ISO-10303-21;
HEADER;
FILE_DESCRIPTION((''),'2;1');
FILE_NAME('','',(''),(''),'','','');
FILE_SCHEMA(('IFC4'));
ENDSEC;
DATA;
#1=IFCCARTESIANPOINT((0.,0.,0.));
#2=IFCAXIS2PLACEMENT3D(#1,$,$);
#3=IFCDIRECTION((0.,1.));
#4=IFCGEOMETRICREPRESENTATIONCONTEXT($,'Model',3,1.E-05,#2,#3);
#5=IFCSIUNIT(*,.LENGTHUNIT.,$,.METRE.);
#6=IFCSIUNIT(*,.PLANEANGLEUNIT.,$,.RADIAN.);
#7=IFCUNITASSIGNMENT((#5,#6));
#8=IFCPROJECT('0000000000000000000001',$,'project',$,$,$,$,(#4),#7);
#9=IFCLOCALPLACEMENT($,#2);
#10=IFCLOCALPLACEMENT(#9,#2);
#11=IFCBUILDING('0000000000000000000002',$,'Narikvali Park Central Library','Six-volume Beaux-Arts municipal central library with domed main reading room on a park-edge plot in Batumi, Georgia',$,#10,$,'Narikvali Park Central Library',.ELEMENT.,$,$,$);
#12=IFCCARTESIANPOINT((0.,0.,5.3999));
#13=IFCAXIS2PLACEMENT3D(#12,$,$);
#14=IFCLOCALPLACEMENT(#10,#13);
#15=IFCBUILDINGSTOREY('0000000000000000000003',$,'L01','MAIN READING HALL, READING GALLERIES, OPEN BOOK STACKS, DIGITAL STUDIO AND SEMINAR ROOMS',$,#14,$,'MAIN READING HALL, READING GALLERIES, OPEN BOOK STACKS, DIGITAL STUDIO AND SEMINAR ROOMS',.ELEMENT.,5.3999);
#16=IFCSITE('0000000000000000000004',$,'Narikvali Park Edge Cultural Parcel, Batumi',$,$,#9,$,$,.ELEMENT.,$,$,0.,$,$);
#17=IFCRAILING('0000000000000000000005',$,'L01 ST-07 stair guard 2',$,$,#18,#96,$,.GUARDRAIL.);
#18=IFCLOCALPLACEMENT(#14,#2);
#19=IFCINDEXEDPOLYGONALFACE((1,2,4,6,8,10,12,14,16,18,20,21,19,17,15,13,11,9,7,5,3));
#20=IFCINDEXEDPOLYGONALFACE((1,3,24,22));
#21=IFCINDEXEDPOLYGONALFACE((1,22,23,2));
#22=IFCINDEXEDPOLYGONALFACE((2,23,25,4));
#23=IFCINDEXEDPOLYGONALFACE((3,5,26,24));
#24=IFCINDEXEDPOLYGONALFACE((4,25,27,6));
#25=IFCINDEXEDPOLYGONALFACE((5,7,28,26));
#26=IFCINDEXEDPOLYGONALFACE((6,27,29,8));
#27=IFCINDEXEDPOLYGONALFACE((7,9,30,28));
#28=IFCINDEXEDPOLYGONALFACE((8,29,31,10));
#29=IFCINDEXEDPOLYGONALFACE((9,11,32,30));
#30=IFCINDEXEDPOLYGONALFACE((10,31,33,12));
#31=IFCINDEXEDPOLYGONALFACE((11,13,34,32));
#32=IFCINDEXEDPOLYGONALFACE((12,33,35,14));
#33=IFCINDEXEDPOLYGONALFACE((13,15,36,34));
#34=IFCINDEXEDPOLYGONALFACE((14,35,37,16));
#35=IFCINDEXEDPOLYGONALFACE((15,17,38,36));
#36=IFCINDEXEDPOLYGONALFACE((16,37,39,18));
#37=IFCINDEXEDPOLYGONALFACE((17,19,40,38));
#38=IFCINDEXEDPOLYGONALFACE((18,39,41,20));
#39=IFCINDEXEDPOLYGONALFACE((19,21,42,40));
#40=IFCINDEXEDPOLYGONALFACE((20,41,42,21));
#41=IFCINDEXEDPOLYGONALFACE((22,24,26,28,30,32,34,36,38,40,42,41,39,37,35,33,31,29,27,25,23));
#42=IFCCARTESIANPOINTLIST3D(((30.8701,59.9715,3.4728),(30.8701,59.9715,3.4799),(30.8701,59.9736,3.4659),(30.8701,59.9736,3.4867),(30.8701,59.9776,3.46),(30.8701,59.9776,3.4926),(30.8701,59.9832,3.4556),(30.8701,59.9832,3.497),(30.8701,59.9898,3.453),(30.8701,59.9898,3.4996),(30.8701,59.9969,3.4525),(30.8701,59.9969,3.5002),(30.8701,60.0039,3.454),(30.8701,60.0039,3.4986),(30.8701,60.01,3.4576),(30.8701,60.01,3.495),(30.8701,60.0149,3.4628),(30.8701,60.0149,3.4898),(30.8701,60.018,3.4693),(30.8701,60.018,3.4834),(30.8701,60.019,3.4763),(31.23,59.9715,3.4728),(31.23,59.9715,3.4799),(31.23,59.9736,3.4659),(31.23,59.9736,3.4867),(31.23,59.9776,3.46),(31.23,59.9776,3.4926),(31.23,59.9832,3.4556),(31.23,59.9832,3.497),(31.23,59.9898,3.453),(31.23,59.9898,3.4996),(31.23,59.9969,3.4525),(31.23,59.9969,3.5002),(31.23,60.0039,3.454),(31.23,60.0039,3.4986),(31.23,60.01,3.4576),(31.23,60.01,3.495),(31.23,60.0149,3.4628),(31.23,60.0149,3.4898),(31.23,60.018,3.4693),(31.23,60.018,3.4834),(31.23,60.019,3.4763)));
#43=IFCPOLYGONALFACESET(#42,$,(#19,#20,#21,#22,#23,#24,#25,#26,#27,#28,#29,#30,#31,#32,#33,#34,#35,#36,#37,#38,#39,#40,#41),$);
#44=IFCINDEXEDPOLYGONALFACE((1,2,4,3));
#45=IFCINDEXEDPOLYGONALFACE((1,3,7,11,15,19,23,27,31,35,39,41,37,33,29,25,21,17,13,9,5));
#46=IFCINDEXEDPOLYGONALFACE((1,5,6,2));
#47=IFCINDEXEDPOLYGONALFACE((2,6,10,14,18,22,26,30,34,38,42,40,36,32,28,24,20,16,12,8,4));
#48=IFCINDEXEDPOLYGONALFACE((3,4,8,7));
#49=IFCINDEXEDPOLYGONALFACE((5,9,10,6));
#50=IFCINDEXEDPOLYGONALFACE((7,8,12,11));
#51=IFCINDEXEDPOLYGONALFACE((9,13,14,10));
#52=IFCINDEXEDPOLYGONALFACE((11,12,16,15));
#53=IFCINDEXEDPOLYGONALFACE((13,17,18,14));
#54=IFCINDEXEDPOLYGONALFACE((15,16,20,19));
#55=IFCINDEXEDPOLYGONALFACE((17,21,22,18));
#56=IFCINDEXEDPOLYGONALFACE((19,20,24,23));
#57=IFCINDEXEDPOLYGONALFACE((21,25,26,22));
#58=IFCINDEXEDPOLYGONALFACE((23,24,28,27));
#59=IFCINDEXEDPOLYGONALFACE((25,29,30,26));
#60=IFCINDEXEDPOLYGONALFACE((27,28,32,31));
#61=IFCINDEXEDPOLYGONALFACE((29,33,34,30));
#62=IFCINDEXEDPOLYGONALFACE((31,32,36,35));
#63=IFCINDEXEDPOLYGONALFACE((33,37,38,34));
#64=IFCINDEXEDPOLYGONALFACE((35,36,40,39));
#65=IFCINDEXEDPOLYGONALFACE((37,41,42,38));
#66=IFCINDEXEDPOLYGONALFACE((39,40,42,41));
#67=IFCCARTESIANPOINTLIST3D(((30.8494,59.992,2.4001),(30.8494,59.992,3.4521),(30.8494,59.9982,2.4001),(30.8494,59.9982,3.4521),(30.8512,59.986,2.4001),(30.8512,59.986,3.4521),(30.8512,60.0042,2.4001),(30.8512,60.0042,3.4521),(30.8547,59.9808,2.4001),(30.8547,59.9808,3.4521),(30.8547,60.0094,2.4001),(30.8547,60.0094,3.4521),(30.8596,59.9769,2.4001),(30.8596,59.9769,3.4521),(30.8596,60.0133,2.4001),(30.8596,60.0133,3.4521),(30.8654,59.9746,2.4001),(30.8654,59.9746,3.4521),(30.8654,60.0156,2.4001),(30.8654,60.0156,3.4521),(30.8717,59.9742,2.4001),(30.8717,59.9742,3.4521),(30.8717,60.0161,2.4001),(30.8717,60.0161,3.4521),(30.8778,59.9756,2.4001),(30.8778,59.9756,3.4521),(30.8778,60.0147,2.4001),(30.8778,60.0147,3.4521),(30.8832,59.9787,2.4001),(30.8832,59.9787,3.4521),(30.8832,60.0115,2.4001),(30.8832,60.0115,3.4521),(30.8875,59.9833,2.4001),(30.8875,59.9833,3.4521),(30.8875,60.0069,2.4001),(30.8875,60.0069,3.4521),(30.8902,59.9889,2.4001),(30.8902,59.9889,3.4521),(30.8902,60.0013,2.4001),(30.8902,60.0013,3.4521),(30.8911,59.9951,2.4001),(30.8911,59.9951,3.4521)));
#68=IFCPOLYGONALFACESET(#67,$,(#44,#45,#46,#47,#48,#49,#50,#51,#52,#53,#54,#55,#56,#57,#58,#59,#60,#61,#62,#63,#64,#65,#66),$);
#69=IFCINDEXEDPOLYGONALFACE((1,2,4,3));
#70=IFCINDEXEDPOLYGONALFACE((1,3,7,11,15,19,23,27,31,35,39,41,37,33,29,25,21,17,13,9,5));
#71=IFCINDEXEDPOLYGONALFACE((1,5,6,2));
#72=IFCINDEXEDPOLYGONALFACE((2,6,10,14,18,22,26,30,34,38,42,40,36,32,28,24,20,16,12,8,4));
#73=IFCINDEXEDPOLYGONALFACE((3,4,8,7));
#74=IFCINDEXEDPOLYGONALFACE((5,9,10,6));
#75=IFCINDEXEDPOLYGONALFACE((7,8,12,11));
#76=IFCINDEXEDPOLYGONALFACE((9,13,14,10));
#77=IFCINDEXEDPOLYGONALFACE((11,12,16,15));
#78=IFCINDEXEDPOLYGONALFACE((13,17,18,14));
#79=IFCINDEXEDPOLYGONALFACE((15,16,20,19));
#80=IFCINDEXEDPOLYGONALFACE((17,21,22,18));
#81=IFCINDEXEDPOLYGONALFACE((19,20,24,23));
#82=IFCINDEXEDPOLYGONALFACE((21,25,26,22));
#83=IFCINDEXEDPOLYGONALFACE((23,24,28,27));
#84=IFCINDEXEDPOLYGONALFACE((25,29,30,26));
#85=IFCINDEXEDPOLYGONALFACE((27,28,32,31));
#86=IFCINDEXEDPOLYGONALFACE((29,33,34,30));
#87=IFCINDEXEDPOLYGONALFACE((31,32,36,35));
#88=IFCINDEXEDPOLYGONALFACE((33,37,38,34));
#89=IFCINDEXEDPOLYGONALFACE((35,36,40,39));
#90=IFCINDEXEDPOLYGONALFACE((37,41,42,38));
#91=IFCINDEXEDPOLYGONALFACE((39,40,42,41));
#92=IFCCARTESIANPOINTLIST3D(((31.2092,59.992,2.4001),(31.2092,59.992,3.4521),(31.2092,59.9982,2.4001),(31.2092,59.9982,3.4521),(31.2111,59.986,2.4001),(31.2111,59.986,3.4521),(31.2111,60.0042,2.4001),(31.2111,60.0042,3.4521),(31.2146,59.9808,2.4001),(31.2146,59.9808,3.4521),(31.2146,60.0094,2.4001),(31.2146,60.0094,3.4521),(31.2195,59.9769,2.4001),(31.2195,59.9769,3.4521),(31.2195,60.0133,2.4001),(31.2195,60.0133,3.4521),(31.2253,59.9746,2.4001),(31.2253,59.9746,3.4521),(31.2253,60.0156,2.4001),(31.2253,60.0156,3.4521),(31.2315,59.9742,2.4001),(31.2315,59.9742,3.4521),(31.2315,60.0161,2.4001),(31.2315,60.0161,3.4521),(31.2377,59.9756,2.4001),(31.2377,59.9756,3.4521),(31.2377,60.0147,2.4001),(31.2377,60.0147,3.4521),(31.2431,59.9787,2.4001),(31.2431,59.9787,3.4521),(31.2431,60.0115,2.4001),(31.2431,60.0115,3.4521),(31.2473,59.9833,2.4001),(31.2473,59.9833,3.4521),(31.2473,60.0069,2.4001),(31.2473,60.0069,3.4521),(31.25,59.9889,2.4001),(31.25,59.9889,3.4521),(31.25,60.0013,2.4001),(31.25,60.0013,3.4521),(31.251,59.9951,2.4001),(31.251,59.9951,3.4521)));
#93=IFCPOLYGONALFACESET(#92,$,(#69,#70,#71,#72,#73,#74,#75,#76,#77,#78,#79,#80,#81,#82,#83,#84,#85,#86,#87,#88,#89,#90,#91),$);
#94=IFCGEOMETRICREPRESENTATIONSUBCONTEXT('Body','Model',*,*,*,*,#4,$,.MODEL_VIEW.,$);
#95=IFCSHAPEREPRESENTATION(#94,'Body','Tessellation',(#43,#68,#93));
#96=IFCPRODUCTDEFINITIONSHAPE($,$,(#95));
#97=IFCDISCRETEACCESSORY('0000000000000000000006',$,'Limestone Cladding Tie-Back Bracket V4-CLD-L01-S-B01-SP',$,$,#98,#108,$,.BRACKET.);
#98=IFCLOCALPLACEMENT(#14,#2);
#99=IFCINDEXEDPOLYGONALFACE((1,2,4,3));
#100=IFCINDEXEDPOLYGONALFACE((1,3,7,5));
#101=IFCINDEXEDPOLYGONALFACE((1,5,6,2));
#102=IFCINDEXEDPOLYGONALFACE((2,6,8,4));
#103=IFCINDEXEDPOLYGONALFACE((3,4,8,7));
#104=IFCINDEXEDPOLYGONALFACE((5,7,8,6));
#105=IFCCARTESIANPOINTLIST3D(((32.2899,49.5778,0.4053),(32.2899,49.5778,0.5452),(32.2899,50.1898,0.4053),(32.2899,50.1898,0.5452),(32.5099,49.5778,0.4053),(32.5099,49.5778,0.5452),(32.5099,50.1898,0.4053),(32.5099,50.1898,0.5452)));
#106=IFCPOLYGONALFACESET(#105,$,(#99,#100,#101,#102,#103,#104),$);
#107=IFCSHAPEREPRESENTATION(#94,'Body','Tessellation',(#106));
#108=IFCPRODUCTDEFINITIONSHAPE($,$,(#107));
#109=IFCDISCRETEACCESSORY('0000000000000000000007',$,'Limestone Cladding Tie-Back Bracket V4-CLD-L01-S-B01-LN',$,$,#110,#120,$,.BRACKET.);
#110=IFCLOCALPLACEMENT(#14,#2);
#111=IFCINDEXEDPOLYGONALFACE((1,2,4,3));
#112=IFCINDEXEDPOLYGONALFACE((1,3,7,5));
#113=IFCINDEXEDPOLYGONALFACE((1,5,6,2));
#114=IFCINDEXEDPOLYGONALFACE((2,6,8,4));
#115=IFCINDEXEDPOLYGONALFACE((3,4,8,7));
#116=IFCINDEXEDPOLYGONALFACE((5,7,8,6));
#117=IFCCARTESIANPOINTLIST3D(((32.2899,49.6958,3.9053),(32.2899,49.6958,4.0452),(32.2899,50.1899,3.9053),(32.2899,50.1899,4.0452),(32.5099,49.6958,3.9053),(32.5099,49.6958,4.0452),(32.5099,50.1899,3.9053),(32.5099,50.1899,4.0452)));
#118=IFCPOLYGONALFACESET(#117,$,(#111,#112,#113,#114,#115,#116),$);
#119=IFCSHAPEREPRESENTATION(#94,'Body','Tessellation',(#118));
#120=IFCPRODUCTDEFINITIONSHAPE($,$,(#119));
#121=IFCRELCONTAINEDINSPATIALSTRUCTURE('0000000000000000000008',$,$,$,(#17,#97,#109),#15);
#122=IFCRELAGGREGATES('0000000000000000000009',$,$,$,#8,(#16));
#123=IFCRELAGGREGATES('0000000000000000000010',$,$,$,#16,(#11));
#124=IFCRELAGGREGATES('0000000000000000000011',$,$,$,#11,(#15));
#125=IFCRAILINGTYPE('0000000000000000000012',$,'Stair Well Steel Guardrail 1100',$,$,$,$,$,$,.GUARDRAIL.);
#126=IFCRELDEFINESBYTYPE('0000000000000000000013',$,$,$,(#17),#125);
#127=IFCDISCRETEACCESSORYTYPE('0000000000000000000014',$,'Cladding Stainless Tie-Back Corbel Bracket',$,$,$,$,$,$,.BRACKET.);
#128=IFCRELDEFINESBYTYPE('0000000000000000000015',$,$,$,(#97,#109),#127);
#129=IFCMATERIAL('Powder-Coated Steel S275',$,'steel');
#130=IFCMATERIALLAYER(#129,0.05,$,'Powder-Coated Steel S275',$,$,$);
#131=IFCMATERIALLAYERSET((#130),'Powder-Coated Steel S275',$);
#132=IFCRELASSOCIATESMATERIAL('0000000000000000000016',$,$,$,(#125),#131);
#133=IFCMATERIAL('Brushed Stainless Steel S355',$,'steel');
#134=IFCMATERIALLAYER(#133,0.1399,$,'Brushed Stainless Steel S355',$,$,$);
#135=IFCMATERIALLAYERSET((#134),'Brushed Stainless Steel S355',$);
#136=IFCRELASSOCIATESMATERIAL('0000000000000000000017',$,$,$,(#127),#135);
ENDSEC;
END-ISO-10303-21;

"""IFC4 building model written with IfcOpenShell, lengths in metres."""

from ifc_helpers import new_model, si_unit, direction, frame, origin, origin_2d, place, context, subcontext, project, spatial, rectangle, circle, extrude, material, layer, layer_set, type_object, element, save


model = new_model("IFC4")

# Units and contexts
model_context = context("Model", 3, precision=1e-05, world=origin(), true_north=direction((0.0, 1.0)))
body_context = subcontext(model_context, "Body", "Model", "MODEL_VIEW")
ifc_project = project(units=[si_unit("LENGTHUNIT", "METRE"), si_unit("PLANEANGLEUNIT", "RADIAN")], contexts=[model_context])

# Site, building, storey
site_placement = place(None, origin())
site = spatial("IfcSite", under=ifc_project, at=site_placement, Name="Narikvali Park Edge Cultural Parcel, Batumi", CompositionType="ELEMENT", RefElevation=0.0)
building_placement = place(site_placement, origin())
building = spatial("IfcBuilding", under=site, at=building_placement, Name="Narikvali Park Central Library", Description="Six-volume Beaux-Arts municipal central library with domed main reading room on a park-edge plot in Batumi, Georgia", LongName="Narikvali Park Central Library", CompositionType="ELEMENT")
storey_placement = place(building_placement, frame((0.0, 0.0, 5.3999)))
storey = spatial("IfcBuildingStorey", under=building, at=storey_placement, Name="L01", Description="MAIN READING HALL, READING GALLERIES, OPEN BOOK STACKS, DIGITAL STUDIO AND SEMINAR ROOMS", LongName="MAIN READING HALL, READING GALLERIES, OPEN BOOK STACKS, DIGITAL STUDIO AND SEMINAR ROOMS", CompositionType="ELEMENT", Elevation=5.3999)

# Railing
ifc_material_1 = material(Name="Powder-Coated Steel S275", Category="steel")
ifc_layer_1 = layer(ifc_material_1, 0.05, Name="Powder-Coated Steel S275")
ifc_layer_set_1 = layer_set([ifc_layer_1], Name="Powder-Coated Steel S275")
railing_type = type_object("IfcRailingType", Name="Stair Well Steel Guardrail 1100", PredefinedType="GUARDRAIL", material=ifc_layer_set_1)
railing_placement = place(storey_placement, frame((30.8701, 59.9951, 2.4001)))
element("IfcRailing", 1, at=railing_placement, inside=storey, type_object=railing_type, Name="L01 ST-07 stair guard 2", PredefinedType="GUARDRAIL", context=body_context, shape_type="SweptSolid", body=[
    extrude(circle(Radius=0.0239, at=origin_2d()), frame((0.0, 0.0, 1.0762), z_axis=(1.0, 0.0, 0.0), x_axis=(0.0, 1.0, 0.0)), (0.0, 0.0, 1.0), 0.3599),
    extrude(circle(Radius=0.021, at=origin_2d()), origin(), (0.0, 0.0, 1.0), 1.052),
    extrude(circle(Radius=0.021, at=origin_2d()), frame((0.3599, 0.0, 0.0)), (0.0, 0.0, 1.0), 1.052),
])

# Discrete accessories
ifc_material_2 = material(Name="Brushed Stainless Steel S355", Category="steel")
ifc_layer_2 = layer(ifc_material_2, 0.1399, Name="Brushed Stainless Steel S355")
ifc_layer_set_2 = layer_set([ifc_layer_2], Name="Brushed Stainless Steel S355")
discrete_accessory_type = type_object("IfcDiscreteAccessoryType", Name="Cladding Stainless Tie-Back Corbel Bracket", PredefinedType="BRACKET", material=ifc_layer_set_2)
discrete_accessory_1_placement = place(storey_placement, frame((32.3999, 49.8838, 0.4053), z_axis=(0.0, 0.0, 1.0), x_axis=(1.0, 0.0, 0.0)))
element("IfcDiscreteAccessory", 2, at=discrete_accessory_1_placement, inside=storey, type_object=discrete_accessory_type, Name="Limestone Cladding Tie-Back Bracket V4-CLD-L01-S-B01-SP", PredefinedType="BRACKET", context=body_context, shape_type="SweptSolid", body=[
    extrude(rectangle(XDim=0.22, YDim=0.6121, at=origin_2d()), origin(), (0.0, 0.0, 1.0), 0.1399),
])
discrete_accessory_2_placement = place(storey_placement, frame((32.3999, 49.9429, 3.9053), z_axis=(0.0, 0.0, 1.0), x_axis=(1.0, 0.0, 0.0)))
element("IfcDiscreteAccessory", 3, at=discrete_accessory_2_placement, inside=storey, type_object=discrete_accessory_type, Name="Limestone Cladding Tie-Back Bracket V4-CLD-L01-S-B01-LN", PredefinedType="BRACKET", context=body_context, shape_type="SweptSolid", body=[
    extrude(rectangle(XDim=0.22, YDim=0.4941, at=origin_2d()), origin(), (0.0, 0.0, 1.0), 0.1399),
])

save(model, "model.ifc")
